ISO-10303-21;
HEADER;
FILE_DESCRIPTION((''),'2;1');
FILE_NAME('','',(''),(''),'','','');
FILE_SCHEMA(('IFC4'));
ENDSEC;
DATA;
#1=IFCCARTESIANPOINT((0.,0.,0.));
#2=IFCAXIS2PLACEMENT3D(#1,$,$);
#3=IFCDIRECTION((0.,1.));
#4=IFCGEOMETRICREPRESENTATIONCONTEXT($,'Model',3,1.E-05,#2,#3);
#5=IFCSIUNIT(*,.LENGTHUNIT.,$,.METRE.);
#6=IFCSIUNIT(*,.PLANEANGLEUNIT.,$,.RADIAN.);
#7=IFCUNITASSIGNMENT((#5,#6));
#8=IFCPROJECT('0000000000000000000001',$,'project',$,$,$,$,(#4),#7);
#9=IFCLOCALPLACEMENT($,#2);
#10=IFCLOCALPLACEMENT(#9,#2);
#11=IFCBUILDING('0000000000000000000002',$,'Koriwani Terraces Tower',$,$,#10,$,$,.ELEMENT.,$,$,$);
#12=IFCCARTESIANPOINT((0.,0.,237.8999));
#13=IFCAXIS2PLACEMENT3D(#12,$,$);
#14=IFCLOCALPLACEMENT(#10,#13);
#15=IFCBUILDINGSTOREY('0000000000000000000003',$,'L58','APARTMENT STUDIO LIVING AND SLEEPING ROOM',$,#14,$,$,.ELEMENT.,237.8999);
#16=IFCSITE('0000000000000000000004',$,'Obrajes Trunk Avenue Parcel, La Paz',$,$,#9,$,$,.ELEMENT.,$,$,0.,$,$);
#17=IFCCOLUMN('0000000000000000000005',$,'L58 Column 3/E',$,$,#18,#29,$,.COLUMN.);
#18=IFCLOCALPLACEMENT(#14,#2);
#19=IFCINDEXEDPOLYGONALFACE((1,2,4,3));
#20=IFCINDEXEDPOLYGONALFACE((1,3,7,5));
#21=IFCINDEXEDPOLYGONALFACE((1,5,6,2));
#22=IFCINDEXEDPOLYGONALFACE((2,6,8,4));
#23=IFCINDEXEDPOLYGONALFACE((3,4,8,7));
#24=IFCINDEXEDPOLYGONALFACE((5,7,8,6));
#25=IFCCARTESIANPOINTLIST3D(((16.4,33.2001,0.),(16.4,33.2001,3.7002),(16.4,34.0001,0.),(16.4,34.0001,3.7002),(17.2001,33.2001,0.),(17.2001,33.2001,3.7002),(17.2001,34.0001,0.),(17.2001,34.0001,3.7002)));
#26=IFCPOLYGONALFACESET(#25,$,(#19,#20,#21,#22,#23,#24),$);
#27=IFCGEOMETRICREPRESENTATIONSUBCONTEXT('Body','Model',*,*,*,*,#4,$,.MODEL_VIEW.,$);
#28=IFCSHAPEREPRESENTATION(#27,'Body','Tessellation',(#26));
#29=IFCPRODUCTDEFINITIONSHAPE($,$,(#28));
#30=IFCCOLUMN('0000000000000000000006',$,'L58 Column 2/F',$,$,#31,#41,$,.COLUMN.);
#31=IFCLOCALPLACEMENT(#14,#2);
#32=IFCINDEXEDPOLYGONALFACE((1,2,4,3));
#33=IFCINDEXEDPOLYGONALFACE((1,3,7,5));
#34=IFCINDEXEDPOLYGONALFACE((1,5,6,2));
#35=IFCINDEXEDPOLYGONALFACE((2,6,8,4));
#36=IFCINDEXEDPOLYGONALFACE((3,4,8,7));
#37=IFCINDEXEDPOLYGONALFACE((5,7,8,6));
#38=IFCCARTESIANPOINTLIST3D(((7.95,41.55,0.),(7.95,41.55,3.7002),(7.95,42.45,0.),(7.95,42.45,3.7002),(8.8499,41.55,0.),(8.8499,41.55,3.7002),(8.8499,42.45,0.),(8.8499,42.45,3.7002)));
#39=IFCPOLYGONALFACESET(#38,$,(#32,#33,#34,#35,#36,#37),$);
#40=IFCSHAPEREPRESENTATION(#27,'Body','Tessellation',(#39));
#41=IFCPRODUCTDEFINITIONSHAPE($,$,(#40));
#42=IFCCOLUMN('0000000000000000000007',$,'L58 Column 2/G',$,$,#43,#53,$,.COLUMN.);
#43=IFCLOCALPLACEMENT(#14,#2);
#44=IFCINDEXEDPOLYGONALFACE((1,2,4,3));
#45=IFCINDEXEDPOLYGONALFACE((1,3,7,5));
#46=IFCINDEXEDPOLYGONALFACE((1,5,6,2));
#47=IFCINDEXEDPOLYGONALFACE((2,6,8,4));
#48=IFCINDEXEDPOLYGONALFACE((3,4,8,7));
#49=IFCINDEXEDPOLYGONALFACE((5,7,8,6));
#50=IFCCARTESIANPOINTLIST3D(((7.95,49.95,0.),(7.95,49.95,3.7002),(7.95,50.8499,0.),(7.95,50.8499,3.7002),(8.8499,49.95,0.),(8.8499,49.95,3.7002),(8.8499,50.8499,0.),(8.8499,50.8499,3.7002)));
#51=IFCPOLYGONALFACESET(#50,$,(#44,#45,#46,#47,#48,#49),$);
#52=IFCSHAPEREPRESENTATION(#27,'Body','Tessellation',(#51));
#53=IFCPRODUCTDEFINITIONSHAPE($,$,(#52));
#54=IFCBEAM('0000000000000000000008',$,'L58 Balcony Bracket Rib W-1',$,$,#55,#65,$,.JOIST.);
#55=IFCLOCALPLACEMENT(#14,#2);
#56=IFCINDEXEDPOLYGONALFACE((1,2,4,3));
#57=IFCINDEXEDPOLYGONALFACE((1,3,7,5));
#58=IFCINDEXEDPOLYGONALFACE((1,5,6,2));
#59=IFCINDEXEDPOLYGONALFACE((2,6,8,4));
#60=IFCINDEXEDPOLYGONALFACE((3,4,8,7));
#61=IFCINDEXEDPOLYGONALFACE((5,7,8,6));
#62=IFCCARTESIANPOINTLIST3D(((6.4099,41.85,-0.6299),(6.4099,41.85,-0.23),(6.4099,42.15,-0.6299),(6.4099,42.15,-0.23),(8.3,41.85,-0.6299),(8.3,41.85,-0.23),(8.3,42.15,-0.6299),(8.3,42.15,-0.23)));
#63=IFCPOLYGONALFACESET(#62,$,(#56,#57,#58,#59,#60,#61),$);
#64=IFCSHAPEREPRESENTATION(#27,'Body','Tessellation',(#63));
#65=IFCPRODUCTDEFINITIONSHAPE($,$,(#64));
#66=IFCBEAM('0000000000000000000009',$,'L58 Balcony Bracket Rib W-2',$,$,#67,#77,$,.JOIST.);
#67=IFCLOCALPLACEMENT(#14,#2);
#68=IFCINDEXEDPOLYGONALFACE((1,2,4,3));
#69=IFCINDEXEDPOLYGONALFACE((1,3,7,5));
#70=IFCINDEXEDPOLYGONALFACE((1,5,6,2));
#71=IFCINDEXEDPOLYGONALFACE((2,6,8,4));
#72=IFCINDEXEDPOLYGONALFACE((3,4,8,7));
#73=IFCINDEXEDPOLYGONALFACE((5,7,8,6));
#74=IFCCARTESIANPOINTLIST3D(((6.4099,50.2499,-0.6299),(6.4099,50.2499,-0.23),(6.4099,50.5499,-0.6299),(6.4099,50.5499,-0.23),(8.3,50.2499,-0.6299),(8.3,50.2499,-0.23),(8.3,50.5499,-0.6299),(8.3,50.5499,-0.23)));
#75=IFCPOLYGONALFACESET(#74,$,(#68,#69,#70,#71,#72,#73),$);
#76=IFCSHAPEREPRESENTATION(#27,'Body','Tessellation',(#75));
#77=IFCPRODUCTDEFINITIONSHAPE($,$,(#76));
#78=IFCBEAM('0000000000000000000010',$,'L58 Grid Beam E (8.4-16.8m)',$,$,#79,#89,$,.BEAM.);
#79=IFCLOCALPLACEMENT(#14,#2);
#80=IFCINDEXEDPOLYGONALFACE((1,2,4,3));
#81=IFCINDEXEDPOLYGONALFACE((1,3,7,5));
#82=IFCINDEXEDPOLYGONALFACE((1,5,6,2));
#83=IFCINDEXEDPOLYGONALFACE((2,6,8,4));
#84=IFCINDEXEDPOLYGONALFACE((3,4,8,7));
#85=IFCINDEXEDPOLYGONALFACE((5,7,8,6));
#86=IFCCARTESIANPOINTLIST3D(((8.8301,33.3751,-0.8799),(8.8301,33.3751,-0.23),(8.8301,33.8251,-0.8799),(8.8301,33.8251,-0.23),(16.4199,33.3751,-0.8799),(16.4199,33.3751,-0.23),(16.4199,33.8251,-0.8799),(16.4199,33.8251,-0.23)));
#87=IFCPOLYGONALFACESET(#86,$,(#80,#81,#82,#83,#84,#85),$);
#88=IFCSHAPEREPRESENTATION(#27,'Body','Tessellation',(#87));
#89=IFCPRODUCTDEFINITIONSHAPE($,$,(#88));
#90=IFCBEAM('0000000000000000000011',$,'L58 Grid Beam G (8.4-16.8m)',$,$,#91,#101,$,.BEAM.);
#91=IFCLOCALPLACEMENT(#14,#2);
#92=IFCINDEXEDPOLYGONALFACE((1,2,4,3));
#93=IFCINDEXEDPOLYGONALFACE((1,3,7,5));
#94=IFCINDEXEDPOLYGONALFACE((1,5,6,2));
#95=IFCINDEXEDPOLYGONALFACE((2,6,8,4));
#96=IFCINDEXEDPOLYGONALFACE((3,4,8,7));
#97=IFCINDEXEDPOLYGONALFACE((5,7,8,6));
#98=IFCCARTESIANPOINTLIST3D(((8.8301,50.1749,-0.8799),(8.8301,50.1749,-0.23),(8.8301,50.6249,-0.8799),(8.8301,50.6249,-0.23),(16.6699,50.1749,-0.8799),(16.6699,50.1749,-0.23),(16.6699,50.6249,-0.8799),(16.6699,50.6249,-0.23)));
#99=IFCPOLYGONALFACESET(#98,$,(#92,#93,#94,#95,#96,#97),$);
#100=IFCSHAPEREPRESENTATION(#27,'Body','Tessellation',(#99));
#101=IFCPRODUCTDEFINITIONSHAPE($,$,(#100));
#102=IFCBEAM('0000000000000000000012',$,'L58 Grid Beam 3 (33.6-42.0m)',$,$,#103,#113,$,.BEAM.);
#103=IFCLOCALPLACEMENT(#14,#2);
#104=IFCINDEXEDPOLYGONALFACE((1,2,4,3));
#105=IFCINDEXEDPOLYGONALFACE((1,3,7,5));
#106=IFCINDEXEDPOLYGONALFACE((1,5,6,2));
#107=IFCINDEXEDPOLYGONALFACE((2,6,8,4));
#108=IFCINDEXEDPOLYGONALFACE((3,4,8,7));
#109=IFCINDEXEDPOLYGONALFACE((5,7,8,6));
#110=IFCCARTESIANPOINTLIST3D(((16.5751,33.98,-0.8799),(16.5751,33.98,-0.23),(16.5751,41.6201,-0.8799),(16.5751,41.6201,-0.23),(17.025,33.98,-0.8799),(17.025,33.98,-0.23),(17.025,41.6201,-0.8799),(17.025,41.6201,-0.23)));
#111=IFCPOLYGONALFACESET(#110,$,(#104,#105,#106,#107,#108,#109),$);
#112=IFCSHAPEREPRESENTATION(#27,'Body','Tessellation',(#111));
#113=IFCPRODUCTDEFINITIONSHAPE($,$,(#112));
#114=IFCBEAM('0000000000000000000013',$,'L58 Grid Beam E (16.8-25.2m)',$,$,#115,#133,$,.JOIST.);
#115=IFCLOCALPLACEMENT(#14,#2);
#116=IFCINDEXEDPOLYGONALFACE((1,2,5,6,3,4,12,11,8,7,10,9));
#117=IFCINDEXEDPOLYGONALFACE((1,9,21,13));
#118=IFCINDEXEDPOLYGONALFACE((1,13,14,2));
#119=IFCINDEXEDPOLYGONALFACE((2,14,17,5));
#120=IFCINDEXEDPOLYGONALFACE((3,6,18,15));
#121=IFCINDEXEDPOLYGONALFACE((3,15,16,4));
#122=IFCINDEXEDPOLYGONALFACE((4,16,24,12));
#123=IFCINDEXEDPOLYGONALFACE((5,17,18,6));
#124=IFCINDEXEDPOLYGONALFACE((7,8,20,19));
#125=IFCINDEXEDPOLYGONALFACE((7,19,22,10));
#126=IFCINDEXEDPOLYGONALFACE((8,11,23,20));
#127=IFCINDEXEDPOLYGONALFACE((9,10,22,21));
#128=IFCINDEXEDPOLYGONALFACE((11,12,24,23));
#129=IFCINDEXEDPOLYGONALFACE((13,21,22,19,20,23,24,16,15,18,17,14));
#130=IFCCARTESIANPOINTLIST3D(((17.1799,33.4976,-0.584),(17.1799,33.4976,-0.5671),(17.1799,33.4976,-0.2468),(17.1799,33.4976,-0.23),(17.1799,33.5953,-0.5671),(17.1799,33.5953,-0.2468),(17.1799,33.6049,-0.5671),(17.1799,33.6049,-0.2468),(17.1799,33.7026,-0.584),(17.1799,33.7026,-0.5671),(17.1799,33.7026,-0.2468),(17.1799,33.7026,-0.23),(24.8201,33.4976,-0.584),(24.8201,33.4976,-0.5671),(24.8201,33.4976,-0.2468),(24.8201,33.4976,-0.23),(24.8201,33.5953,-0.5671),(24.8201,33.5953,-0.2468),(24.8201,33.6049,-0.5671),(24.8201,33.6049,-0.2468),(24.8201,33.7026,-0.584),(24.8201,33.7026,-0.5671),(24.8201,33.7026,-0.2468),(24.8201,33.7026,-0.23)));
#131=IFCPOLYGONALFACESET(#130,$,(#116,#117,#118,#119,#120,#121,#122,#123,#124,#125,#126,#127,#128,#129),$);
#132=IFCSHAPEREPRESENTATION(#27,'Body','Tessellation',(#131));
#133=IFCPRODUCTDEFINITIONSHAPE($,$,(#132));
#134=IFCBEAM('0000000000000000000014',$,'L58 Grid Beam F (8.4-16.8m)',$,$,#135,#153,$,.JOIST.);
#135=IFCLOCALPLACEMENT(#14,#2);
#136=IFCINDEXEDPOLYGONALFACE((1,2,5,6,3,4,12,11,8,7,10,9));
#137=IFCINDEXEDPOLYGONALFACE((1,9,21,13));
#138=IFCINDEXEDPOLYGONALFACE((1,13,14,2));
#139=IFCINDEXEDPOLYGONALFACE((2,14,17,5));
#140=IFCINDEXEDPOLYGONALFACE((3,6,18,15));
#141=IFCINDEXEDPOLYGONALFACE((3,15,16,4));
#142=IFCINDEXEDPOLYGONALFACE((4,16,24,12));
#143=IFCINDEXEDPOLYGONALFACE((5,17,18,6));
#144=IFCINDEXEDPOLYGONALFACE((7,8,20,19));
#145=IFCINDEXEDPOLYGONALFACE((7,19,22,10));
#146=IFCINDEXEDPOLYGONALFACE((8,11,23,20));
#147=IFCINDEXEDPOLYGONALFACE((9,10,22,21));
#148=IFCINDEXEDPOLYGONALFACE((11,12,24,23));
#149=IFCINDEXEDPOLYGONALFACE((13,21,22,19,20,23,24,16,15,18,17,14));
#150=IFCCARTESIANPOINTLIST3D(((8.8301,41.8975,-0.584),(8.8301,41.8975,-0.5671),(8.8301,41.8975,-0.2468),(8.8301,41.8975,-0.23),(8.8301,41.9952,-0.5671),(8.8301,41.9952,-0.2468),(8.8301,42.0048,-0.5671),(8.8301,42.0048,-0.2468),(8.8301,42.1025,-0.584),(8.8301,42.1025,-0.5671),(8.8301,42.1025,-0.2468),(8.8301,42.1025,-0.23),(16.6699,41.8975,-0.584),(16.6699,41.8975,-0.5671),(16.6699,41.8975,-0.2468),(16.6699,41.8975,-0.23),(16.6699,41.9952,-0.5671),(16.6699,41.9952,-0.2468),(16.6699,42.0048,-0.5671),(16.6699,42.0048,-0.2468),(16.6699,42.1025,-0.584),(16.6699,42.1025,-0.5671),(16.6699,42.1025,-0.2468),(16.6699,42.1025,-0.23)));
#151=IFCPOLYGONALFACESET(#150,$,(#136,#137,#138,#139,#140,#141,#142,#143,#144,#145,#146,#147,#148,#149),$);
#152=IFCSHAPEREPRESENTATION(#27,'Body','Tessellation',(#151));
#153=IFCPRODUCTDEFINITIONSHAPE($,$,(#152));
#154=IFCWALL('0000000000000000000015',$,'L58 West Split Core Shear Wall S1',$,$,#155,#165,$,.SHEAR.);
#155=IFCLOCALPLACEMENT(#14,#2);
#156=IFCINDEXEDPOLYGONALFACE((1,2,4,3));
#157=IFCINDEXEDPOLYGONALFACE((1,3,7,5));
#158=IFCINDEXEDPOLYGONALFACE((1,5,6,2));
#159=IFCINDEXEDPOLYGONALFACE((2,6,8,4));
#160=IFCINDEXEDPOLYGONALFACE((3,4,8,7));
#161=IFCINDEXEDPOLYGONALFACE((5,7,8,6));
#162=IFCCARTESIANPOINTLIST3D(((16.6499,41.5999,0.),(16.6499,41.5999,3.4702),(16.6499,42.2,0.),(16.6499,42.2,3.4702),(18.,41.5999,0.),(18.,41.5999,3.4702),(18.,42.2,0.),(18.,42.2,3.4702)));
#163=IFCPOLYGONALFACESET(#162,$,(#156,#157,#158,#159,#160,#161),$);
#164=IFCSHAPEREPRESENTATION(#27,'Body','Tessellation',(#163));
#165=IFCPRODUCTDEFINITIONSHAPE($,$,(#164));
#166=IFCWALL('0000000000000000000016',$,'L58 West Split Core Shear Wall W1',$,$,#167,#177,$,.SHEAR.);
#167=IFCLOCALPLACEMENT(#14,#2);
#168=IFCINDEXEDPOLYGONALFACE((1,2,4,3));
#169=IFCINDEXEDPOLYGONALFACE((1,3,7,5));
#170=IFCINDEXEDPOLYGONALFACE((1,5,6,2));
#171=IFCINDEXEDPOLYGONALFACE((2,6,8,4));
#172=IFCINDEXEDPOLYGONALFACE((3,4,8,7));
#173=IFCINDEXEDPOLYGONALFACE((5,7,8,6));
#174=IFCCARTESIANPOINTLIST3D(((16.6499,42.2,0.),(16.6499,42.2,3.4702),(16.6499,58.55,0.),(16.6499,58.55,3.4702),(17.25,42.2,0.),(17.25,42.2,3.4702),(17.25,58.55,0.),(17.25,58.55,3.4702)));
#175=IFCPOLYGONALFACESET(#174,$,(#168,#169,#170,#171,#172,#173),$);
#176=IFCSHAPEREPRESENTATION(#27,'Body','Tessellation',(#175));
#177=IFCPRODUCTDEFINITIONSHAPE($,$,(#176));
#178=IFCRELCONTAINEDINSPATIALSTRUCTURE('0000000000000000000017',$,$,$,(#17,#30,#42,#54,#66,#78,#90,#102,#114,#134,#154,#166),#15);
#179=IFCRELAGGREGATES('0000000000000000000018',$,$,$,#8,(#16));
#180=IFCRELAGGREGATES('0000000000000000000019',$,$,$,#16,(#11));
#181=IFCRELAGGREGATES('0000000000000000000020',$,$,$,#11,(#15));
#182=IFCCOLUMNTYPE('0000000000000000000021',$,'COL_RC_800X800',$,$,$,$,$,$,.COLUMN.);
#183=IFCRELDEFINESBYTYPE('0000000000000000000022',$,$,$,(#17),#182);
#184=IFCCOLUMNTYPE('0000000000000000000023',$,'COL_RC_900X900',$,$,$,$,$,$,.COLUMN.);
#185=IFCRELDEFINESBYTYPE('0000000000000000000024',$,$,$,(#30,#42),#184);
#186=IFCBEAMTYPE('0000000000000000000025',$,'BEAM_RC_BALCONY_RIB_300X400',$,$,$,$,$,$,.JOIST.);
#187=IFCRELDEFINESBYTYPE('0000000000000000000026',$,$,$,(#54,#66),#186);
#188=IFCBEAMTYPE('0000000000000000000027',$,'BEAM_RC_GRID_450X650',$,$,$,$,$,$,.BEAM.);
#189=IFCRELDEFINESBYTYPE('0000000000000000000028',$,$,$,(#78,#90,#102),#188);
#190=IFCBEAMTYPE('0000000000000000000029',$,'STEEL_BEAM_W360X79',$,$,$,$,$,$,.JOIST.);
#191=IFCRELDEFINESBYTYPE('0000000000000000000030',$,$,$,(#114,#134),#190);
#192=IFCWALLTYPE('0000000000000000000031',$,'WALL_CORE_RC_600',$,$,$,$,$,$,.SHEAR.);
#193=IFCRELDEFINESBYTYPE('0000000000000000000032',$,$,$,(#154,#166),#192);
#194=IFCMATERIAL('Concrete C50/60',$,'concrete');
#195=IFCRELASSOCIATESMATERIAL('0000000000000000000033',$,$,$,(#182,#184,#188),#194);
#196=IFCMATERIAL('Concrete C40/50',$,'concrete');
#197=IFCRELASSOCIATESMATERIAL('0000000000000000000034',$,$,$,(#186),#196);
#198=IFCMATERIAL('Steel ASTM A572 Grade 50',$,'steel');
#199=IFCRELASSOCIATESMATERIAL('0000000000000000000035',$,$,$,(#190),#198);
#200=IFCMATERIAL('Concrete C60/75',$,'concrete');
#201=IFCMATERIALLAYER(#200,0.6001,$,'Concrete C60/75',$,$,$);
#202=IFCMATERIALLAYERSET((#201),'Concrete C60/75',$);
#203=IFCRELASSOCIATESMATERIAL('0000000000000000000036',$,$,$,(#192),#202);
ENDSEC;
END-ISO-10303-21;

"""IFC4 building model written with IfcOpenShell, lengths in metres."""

from ifc_helpers import new_model, si_unit, direction, frame, frame_2d, origin, origin_2d, place, context, subcontext, project, spatial, rectangle, i_section, extrude, material, layer, layer_set, material_profile, profile_set, type_object, element, save


model = new_model("IFC4")

# Units and contexts
model_context = context("Model", 3, precision=1e-05, world=origin(), true_north=direction((0.0, 1.0)))
body_context = subcontext(model_context, "Body", "Model", "MODEL_VIEW")
ifc_project = project(units=[si_unit("LENGTHUNIT", "METRE"), si_unit("PLANEANGLEUNIT", "RADIAN")], contexts=[model_context])

# Site, building, storey
site_placement = place(None, origin())
site = spatial("IfcSite", under=ifc_project, at=site_placement, Name="Obrajes Trunk Avenue Parcel, La Paz", CompositionType="ELEMENT", RefElevation=0.0)
building_placement = place(site_placement, origin())
building = spatial("IfcBuilding", under=site, at=building_placement, Name="Koriwani Terraces Tower", CompositionType="ELEMENT")
storey_placement = place(building_placement, frame((0.0, 0.0, 237.8999)))
storey = spatial("IfcBuildingStorey", under=building, at=storey_placement, Name="L58", Description="APARTMENT STUDIO LIVING AND SLEEPING ROOM", CompositionType="ELEMENT", Elevation=237.8999)

# Columns
ifc_material_1 = material(Name="Concrete C50/60", Category="concrete")
ifc_material_profile_1 = material_profile(ifc_material_1, rectangle(XDim=0.8, YDim=0.8, at=origin_2d()), Name="Concrete C50/60", Category="LoadBearing")
ifc_profile_set_1 = profile_set([ifc_material_profile_1], Name="Concrete C50/60")
column_type_1 = type_object("IfcColumnType", Name="COL_RC_800X800", PredefinedType="COLUMN", material=ifc_profile_set_1)
column_placement = place(storey_placement, frame((16.8, 33.6001, 0.0), z_axis=(0.0, 0.0, 1.0), x_axis=(1.0, 0.0, 0.0)))
element("IfcColumn", 1, at=column_placement, inside=storey, type_object=column_type_1, Name="L58 Column 3/E", PredefinedType="COLUMN", context=body_context, shape_type="SweptSolid", body=[
    extrude(rectangle(XDim=0.8, YDim=0.8, at=origin_2d()), origin(), (0.0, 0.0, 1.0), 3.7002),
])
ifc_material_profile_2 = material_profile(ifc_material_1, rectangle(XDim=0.8999, YDim=0.8999, at=origin_2d()), Name="Concrete C50/60", Category="LoadBearing")
ifc_profile_set_2 = profile_set([ifc_material_profile_2], Name="Concrete C50/60")
column_type_2 = type_object("IfcColumnType", Name="COL_RC_900X900", PredefinedType="COLUMN", material=ifc_profile_set_2)
for number, where, z_axis, x_axis, name in (
    (2, (8.3999, 42.0, 0.0), (0.0, 0.0, 1.0), (1.0, 0.0, 0.0), "L58 Column 2/F"),
    (3, (8.3999, 50.3999, 0.0), (0.0, 0.0, 1.0), (1.0, 0.0, 0.0), "L58 Column 2/G"),
):
    element("IfcColumn", number, at=place(storey_placement, frame(where, z_axis=z_axis, x_axis=x_axis)), inside=storey, type_object=column_type_2, Name=name, PredefinedType="COLUMN", context=body_context, shape_type="SweptSolid", body=[
        extrude(rectangle(XDim=0.8999, YDim=0.8999, at=origin_2d()), origin(), (0.0, 0.0, 1.0), 3.7002),
    ])

# Beams
ifc_material_2 = material(Name="Concrete C40/50", Category="concrete")
ifc_material_profile_3 = material_profile(ifc_material_2, rectangle(XDim=0.3, YDim=0.3999, at=origin_2d()), Name="Concrete C40/50", Category="LoadBearing")
ifc_profile_set_3 = profile_set([ifc_material_profile_3], Name="Concrete C40/50")
beam_type_1 = type_object("IfcBeamType", Name="BEAM_RC_BALCONY_RIB_300X400", PredefinedType="JOIST", material=ifc_profile_set_3)
for number, where, z_axis, x_axis, name in (
    (4, (6.4099, 42.0, -0.4299), (1.0, 0.0, 0.0), (0.0, 1.0, 0.0), "L58 Balcony Bracket Rib W-1"),
    (5, (6.4099, 50.3999, -0.4299), (1.0, 0.0, 0.0), (0.0, 1.0, 0.0), "L58 Balcony Bracket Rib W-2"),
):
    element("IfcBeam", number, at=place(storey_placement, frame(where, z_axis=z_axis, x_axis=x_axis)), inside=storey, type_object=beam_type_1, Name=name, PredefinedType="JOIST", context=body_context, shape_type="SweptSolid", body=[
        extrude(rectangle(XDim=0.3, YDim=0.3999, at=origin_2d()), origin(), (0.0, 0.0, 1.0), 1.8901),
    ])
ifc_material_profile_4 = material_profile(ifc_material_1, rectangle(XDim=0.45, YDim=0.6499, at=origin_2d()), Name="Concrete C50/60", Category="LoadBearing")
ifc_profile_set_4 = profile_set([ifc_material_profile_4], Name="Concrete C50/60")
beam_type_2 = type_object("IfcBeamType", Name="BEAM_RC_GRID_450X650", PredefinedType="BEAM", material=ifc_profile_set_4)
beam_1_placement = place(storey_placement, frame((8.8301, 33.6001, -0.5549), z_axis=(1.0, 0.0, 0.0), x_axis=(0.0, 1.0, 0.0)))
element("IfcBeam", 6, at=beam_1_placement, inside=storey, type_object=beam_type_2, Name="L58 Grid Beam E (8.4-16.8m)", PredefinedType="BEAM", context=body_context, shape_type="SweptSolid", body=[
    extrude(rectangle(XDim=0.45, YDim=0.6499, at=origin_2d()), origin(), (0.0, 0.0, 1.0), 7.5898),
])
beam_2_placement = place(storey_placement, frame((8.8301, 50.3999, -0.5549), z_axis=(1.0, 0.0, 0.0), x_axis=(0.0, 1.0, 0.0)))
element("IfcBeam", 7, at=beam_2_placement, inside=storey, type_object=beam_type_2, Name="L58 Grid Beam G (8.4-16.8m)", PredefinedType="BEAM", context=body_context, shape_type="SweptSolid", body=[
    extrude(rectangle(XDim=0.45, YDim=0.6499, at=origin_2d()), origin(), (0.0, 0.0, 1.0), 7.8398),
])
beam_3_placement = place(storey_placement, frame((16.8, 33.98, -0.5549), z_axis=(0.0, 1.0, 0.0), x_axis=(-1.0, 0.0, 0.0)))
element("IfcBeam", 8, at=beam_3_placement, inside=storey, type_object=beam_type_2, Name="L58 Grid Beam 3 (33.6-42.0m)", PredefinedType="BEAM", context=body_context, shape_type="SweptSolid", body=[
    extrude(rectangle(XDim=0.45, YDim=0.6499, at=origin_2d()), origin(), (0.0, 0.0, 1.0), 7.6401),
])
ifc_material_3 = material(Name="Steel ASTM A572 Grade 50", Category="steel")
ifc_material_profile_5 = material_profile(ifc_material_3, i_section(OverallWidth=0.2051, OverallDepth=0.354, WebThickness=0.0095, FlangeThickness=0.0168, at=origin_2d()), Name="Steel ASTM A572 Grade 50", Category="LoadBearing")
ifc_profile_set_5 = profile_set([ifc_material_profile_5], Name="Steel ASTM A572 Grade 50")
beam_type_3 = type_object("IfcBeamType", Name="STEEL_BEAM_W360X79", PredefinedType="JOIST", material=ifc_profile_set_5)
beam_4_placement = place(storey_placement, frame((17.1799, 33.6001, -0.407), z_axis=(1.0, 0.0, 0.0), x_axis=(0.0, 1.0, 0.0)))
element("IfcBeam", 9, at=beam_4_placement, inside=storey, type_object=beam_type_3, Name="L58 Grid Beam E (16.8-25.2m)", PredefinedType="JOIST", context=body_context, shape_type="SweptSolid", body=[
    extrude(i_section(OverallWidth=0.2051, OverallDepth=0.354, WebThickness=0.0095, FlangeThickness=0.0168, at=origin_2d()), origin(), (0.0, 0.0, 1.0), 7.6401),
])
beam_5_placement = place(storey_placement, frame((8.8301, 42.0, -0.407), z_axis=(1.0, 0.0, 0.0), x_axis=(0.0, 1.0, 0.0)))
element("IfcBeam", 10, at=beam_5_placement, inside=storey, type_object=beam_type_3, Name="L58 Grid Beam F (8.4-16.8m)", PredefinedType="JOIST", context=body_context, shape_type="SweptSolid", body=[
    extrude(i_section(OverallWidth=0.2051, OverallDepth=0.354, WebThickness=0.0095, FlangeThickness=0.0168, at=origin_2d()), origin(), (0.0, 0.0, 1.0), 7.8398),
])

# Walls
ifc_material_4 = material(Name="Concrete C60/75", Category="concrete")
ifc_layer_1 = layer(ifc_material_4, 0.6001, Name="Concrete C60/75")
ifc_layer_set_1 = layer_set([ifc_layer_1], Name="Concrete C60/75")
wall_type_1 = type_object("IfcWallType", Name="WALL_CORE_RC_600", PredefinedType="SHEAR", material=ifc_layer_set_1)
wall_1_placement = place(storey_placement, frame((16.6499, 41.8999, 0.0), z_axis=(0.0, 0.0, 1.0), x_axis=(1.0, 0.0, 0.0)))
element("IfcWall", 11, at=wall_1_placement, inside=storey, type_object=wall_type_1, Name="L58 West Split Core Shear Wall S1", PredefinedType="SHEAR", context=body_context, shape_type="SweptSolid", body=[
    extrude(rectangle(XDim=1.3501, YDim=0.6001, at=frame_2d((0.675, 0.0))), origin(), (0.0, 0.0, 1.0), 3.4702),
])
wall_2_placement = place(storey_placement, frame((16.95, 42.2, 0.0), z_axis=(0.0, 0.0, 1.0), x_axis=(0.0, 1.0, 0.0)))
element("IfcWall", 12, at=wall_2_placement, inside=storey, type_object=wall_type_1, Name="L58 West Split Core Shear Wall W1", PredefinedType="SHEAR", context=body_context, shape_type="SweptSolid", body=[
    extrude(rectangle(XDim=16.3501, YDim=0.6001, at=frame_2d((8.175, 0.0))), origin(), (0.0, 0.0, 1.0), 3.4702),
])

save(model, "model.ifc")
